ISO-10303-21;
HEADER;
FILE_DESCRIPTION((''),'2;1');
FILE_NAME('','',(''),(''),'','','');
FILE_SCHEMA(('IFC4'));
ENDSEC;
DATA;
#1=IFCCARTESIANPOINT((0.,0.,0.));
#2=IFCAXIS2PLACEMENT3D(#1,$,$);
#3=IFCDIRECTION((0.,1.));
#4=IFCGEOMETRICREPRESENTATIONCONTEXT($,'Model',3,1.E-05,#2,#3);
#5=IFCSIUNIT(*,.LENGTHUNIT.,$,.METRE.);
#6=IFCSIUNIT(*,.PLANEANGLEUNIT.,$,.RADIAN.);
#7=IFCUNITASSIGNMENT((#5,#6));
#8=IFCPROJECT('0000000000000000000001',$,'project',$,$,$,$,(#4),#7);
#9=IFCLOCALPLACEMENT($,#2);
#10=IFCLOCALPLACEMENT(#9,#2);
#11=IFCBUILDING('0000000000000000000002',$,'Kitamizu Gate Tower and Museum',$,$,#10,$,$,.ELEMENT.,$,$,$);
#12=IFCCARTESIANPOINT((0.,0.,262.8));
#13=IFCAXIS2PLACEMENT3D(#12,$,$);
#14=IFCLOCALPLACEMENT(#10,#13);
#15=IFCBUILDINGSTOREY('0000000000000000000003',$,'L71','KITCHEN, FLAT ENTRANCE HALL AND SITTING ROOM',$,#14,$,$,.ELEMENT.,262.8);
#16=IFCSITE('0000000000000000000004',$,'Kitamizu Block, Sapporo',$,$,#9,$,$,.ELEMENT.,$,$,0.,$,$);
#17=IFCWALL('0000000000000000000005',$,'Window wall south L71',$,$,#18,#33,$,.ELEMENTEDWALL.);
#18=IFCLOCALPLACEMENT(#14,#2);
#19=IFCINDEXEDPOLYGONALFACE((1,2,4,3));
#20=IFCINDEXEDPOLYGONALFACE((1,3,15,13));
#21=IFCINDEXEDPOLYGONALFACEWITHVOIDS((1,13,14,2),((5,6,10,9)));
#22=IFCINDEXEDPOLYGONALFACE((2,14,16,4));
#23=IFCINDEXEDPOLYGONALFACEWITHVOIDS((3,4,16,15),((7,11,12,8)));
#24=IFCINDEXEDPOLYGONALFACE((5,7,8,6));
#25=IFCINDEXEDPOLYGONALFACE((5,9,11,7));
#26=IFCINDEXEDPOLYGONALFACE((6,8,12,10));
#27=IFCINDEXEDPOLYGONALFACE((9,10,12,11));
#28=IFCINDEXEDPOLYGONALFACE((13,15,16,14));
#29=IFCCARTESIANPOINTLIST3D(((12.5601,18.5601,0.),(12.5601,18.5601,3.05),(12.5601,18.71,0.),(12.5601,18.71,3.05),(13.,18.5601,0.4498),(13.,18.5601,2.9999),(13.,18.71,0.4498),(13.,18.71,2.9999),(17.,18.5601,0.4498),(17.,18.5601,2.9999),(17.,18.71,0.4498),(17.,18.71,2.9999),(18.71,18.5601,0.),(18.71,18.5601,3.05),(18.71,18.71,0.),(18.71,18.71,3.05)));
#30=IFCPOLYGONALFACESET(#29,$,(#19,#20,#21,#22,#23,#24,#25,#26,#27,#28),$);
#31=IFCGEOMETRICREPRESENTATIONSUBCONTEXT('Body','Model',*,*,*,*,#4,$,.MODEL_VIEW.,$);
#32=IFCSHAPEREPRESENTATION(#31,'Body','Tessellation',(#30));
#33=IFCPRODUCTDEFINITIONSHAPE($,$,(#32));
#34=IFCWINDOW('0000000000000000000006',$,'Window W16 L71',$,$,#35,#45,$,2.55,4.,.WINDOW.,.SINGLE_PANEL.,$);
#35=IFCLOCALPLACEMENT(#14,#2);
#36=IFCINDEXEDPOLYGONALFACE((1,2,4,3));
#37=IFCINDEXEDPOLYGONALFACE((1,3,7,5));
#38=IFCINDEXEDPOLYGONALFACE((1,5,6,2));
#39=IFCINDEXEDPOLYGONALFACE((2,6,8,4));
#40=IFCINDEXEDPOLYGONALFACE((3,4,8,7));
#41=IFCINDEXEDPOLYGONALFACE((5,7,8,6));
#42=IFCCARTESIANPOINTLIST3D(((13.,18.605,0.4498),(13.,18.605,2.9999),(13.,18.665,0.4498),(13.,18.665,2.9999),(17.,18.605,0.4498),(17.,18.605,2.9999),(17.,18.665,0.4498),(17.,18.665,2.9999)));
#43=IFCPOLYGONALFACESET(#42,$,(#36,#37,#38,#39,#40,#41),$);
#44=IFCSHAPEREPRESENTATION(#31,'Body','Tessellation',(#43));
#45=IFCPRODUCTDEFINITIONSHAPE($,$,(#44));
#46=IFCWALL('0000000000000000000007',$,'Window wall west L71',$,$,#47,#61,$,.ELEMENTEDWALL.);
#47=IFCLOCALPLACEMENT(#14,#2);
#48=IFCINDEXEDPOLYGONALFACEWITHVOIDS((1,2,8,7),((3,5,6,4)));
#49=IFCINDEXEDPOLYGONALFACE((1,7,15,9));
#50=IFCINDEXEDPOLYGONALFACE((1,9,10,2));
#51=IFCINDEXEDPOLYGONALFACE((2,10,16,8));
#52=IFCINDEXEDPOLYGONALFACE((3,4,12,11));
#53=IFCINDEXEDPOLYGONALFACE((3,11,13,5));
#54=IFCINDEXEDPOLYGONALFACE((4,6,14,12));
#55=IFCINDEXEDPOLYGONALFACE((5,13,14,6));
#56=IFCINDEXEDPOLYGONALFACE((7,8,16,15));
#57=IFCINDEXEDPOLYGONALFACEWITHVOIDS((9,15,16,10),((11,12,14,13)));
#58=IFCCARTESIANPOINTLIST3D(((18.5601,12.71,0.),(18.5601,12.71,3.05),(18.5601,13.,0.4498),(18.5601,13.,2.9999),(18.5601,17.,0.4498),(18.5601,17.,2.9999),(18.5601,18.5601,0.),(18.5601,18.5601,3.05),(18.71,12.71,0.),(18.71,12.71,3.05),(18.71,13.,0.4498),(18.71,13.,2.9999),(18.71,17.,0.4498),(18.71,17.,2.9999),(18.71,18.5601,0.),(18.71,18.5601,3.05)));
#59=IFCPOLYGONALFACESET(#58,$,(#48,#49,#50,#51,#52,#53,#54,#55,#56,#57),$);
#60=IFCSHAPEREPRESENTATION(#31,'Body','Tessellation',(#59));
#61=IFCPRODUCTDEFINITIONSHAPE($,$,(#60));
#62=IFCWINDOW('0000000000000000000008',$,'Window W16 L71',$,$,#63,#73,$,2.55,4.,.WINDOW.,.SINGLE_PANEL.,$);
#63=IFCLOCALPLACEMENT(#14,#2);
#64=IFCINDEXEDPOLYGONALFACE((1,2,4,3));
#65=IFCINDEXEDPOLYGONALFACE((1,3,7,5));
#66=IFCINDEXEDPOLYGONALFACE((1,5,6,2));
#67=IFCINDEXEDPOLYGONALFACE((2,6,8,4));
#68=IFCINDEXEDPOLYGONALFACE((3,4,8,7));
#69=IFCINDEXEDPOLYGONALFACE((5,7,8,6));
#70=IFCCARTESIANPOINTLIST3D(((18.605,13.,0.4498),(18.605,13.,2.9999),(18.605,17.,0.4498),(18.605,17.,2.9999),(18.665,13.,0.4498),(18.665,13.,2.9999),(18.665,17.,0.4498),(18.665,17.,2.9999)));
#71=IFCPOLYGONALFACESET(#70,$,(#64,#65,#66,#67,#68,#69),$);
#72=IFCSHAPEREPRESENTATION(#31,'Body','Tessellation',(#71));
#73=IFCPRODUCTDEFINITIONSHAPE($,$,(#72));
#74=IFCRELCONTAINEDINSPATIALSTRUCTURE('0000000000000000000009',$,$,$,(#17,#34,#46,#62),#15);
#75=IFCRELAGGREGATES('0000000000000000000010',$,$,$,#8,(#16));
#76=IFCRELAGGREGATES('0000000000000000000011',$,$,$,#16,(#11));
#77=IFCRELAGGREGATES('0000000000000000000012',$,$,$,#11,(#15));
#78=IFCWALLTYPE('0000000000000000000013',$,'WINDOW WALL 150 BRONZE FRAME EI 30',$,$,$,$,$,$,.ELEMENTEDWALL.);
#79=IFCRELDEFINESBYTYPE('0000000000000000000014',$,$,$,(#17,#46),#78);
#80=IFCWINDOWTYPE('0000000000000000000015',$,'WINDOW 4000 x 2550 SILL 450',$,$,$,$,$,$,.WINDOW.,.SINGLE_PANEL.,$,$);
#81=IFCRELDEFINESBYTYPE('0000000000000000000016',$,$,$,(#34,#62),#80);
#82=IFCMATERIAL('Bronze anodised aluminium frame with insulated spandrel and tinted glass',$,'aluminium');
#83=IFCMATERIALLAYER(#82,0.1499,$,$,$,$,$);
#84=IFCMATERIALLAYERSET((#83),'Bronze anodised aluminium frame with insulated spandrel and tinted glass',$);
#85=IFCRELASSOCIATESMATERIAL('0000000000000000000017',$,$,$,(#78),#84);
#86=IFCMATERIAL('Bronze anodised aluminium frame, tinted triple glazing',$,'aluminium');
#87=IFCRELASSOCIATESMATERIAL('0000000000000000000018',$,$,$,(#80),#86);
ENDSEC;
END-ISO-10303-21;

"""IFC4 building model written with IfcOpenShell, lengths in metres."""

from ifc_helpers import new_model, si_unit, direction, frame, frame_2d, origin, place, context, subcontext, project, spatial, rectangle, extrude, material, layer, layer_set, type_object, element, fill, save


model = new_model("IFC4")

# Units and contexts
model_context = context("Model", 3, precision=1e-05, world=origin(), true_north=direction((0.0, 1.0)))
body_context = subcontext(model_context, "Body", "Model", "MODEL_VIEW")
ifc_project = project(units=[si_unit("LENGTHUNIT", "METRE"), si_unit("PLANEANGLEUNIT", "RADIAN")], contexts=[model_context])

# Site, building, storey
site_placement = place(None, origin())
site = spatial("IfcSite", under=ifc_project, at=site_placement, Name="Kitamizu Block, Sapporo", CompositionType="ELEMENT", RefElevation=0.0)
building_placement = place(site_placement, origin())
building = spatial("IfcBuilding", under=site, at=building_placement, Name="Kitamizu Gate Tower and Museum", CompositionType="ELEMENT")
storey_placement = place(building_placement, frame((0.0, 0.0, 262.8)))
storey = spatial("IfcBuildingStorey", under=building, at=storey_placement, Name="L71", Description="KITCHEN, FLAT ENTRANCE HALL AND SITTING ROOM", CompositionType="ELEMENT", Elevation=262.8)

# Shared definitions
ifc_material_1 = material(Name="Bronze anodised aluminium frame with insulated spandrel and tinted glass", Category="aluminium")
ifc_layer_1 = layer(ifc_material_1, 0.1499)
ifc_layer_set_1 = layer_set([ifc_layer_1], Name="Bronze anodised aluminium frame with insulated spandrel and tinted glass")
wall_type = type_object("IfcWallType", Name="WINDOW WALL 150 BRONZE FRAME EI 30", PredefinedType="ELEMENTEDWALL", material=ifc_layer_set_1)

# Walls, openings, windows
wall_1_placement = place(storey_placement, frame((12.5601, 18.635, 0.0), z_axis=(0.0, 0.0, 1.0), x_axis=(1.0, 0.0, 0.0)))
wall_1 = element("IfcWall", 1, at=wall_1_placement, inside=storey, type_object=wall_type, Name="Window wall south L71", PredefinedType="ELEMENTEDWALL", context=body_context, shape_type="SweptSolid", body=[
    extrude(rectangle(XDim=6.1499, YDim=0.1499, at=frame_2d((3.075, 0.0))), origin(), (0.0, 0.0, 1.0), 3.05),
])
opening_1_placement = place(wall_1_placement, frame((0.4399, 0.0, 0.45)))
opening_1 = element("IfcOpeningElement", 2, at=opening_1_placement, cuts=wall_1, PredefinedType="OPENING", context=body_context, shape_type="SweptSolid", body=[
    extrude(rectangle(XDim=4.0, YDim=2.55, at=frame_2d((2.0, 1.2749))), frame((0.0, 0.085, 0.0), z_axis=(0.0, -1.0, 0.0), x_axis=(1.0, 0.0, 0.0)), (0.0, 0.0, 1.0), 0.1699),
])
ifc_material_2 = material(Name="Bronze anodised aluminium frame, tinted triple glazing", Category="aluminium")
window_type_1 = type_object("IfcWindowType", Name="WINDOW 4000 x 2550 SILL 450", PartitioningType="SINGLE_PANEL", PredefinedType="WINDOW", material=ifc_material_2)
window_1_placement = place(opening_1_placement, origin())
window_1 = element("IfcWindow", 3, at=window_1_placement, inside=storey, type_object=window_type_1, Name="Window W16 L71", OverallHeight=2.55, OverallWidth=4.0, PartitioningType="SINGLE_PANEL", PredefinedType="WINDOW", context=body_context, shape_type="SweptSolid", body=[
    extrude(rectangle(XDim=4.0, YDim=2.55, at=frame_2d((2.0, 1.2749))), frame((0.0, 0.03, 0.0), z_axis=(0.0, -1.0, 0.0), x_axis=(1.0, 0.0, 0.0)), (0.0, 0.0, 1.0), 0.0601),
])
fill(opening_1, window_1)
wall_2_placement = place(storey_placement, frame((18.635, 12.71, 0.0), z_axis=(0.0, 0.0, 1.0), x_axis=(0.0, 1.0, 0.0)))
wall_2 = element("IfcWall", 4, at=wall_2_placement, inside=storey, type_object=wall_type, Name="Window wall west L71", PredefinedType="ELEMENTEDWALL", context=body_context, shape_type="SweptSolid", body=[
    extrude(rectangle(XDim=5.8501, YDim=0.1499, at=frame_2d((2.925, 0.0))), origin(), (0.0, 0.0, 1.0), 3.05),
])
opening_2_placement = place(wall_2_placement, frame((0.29, 0.0, 0.45)))
opening_2 = element("IfcOpeningElement", 5, at=opening_2_placement, cuts=wall_2, PredefinedType="OPENING", context=body_context, shape_type="SweptSolid", body=[
    extrude(rectangle(XDim=4.0, YDim=2.55, at=frame_2d((2.0, 1.2749))), frame((0.0, 0.085, 0.0), z_axis=(0.0, -1.0, 0.0), x_axis=(1.0, 0.0, 0.0)), (0.0, 0.0, 1.0), 0.1699),
])
window_2_placement = place(opening_2_placement, origin())
window_2 = element("IfcWindow", 6, at=window_2_placement, inside=storey, type_object=window_type_1, Name="Window W16 L71", OverallHeight=2.55, OverallWidth=4.0, PartitioningType="SINGLE_PANEL", PredefinedType="WINDOW", context=body_context, shape_type="SweptSolid", body=[
    extrude(rectangle(XDim=4.0, YDim=2.55, at=frame_2d((2.0, 1.2749))), frame((0.0, 0.03, 0.0), z_axis=(0.0, -1.0, 0.0), x_axis=(1.0, 0.0, 0.0)), (0.0, 0.0, 1.0), 0.0601),
])
fill(opening_2, window_2)

save(model, "model.ifc")
